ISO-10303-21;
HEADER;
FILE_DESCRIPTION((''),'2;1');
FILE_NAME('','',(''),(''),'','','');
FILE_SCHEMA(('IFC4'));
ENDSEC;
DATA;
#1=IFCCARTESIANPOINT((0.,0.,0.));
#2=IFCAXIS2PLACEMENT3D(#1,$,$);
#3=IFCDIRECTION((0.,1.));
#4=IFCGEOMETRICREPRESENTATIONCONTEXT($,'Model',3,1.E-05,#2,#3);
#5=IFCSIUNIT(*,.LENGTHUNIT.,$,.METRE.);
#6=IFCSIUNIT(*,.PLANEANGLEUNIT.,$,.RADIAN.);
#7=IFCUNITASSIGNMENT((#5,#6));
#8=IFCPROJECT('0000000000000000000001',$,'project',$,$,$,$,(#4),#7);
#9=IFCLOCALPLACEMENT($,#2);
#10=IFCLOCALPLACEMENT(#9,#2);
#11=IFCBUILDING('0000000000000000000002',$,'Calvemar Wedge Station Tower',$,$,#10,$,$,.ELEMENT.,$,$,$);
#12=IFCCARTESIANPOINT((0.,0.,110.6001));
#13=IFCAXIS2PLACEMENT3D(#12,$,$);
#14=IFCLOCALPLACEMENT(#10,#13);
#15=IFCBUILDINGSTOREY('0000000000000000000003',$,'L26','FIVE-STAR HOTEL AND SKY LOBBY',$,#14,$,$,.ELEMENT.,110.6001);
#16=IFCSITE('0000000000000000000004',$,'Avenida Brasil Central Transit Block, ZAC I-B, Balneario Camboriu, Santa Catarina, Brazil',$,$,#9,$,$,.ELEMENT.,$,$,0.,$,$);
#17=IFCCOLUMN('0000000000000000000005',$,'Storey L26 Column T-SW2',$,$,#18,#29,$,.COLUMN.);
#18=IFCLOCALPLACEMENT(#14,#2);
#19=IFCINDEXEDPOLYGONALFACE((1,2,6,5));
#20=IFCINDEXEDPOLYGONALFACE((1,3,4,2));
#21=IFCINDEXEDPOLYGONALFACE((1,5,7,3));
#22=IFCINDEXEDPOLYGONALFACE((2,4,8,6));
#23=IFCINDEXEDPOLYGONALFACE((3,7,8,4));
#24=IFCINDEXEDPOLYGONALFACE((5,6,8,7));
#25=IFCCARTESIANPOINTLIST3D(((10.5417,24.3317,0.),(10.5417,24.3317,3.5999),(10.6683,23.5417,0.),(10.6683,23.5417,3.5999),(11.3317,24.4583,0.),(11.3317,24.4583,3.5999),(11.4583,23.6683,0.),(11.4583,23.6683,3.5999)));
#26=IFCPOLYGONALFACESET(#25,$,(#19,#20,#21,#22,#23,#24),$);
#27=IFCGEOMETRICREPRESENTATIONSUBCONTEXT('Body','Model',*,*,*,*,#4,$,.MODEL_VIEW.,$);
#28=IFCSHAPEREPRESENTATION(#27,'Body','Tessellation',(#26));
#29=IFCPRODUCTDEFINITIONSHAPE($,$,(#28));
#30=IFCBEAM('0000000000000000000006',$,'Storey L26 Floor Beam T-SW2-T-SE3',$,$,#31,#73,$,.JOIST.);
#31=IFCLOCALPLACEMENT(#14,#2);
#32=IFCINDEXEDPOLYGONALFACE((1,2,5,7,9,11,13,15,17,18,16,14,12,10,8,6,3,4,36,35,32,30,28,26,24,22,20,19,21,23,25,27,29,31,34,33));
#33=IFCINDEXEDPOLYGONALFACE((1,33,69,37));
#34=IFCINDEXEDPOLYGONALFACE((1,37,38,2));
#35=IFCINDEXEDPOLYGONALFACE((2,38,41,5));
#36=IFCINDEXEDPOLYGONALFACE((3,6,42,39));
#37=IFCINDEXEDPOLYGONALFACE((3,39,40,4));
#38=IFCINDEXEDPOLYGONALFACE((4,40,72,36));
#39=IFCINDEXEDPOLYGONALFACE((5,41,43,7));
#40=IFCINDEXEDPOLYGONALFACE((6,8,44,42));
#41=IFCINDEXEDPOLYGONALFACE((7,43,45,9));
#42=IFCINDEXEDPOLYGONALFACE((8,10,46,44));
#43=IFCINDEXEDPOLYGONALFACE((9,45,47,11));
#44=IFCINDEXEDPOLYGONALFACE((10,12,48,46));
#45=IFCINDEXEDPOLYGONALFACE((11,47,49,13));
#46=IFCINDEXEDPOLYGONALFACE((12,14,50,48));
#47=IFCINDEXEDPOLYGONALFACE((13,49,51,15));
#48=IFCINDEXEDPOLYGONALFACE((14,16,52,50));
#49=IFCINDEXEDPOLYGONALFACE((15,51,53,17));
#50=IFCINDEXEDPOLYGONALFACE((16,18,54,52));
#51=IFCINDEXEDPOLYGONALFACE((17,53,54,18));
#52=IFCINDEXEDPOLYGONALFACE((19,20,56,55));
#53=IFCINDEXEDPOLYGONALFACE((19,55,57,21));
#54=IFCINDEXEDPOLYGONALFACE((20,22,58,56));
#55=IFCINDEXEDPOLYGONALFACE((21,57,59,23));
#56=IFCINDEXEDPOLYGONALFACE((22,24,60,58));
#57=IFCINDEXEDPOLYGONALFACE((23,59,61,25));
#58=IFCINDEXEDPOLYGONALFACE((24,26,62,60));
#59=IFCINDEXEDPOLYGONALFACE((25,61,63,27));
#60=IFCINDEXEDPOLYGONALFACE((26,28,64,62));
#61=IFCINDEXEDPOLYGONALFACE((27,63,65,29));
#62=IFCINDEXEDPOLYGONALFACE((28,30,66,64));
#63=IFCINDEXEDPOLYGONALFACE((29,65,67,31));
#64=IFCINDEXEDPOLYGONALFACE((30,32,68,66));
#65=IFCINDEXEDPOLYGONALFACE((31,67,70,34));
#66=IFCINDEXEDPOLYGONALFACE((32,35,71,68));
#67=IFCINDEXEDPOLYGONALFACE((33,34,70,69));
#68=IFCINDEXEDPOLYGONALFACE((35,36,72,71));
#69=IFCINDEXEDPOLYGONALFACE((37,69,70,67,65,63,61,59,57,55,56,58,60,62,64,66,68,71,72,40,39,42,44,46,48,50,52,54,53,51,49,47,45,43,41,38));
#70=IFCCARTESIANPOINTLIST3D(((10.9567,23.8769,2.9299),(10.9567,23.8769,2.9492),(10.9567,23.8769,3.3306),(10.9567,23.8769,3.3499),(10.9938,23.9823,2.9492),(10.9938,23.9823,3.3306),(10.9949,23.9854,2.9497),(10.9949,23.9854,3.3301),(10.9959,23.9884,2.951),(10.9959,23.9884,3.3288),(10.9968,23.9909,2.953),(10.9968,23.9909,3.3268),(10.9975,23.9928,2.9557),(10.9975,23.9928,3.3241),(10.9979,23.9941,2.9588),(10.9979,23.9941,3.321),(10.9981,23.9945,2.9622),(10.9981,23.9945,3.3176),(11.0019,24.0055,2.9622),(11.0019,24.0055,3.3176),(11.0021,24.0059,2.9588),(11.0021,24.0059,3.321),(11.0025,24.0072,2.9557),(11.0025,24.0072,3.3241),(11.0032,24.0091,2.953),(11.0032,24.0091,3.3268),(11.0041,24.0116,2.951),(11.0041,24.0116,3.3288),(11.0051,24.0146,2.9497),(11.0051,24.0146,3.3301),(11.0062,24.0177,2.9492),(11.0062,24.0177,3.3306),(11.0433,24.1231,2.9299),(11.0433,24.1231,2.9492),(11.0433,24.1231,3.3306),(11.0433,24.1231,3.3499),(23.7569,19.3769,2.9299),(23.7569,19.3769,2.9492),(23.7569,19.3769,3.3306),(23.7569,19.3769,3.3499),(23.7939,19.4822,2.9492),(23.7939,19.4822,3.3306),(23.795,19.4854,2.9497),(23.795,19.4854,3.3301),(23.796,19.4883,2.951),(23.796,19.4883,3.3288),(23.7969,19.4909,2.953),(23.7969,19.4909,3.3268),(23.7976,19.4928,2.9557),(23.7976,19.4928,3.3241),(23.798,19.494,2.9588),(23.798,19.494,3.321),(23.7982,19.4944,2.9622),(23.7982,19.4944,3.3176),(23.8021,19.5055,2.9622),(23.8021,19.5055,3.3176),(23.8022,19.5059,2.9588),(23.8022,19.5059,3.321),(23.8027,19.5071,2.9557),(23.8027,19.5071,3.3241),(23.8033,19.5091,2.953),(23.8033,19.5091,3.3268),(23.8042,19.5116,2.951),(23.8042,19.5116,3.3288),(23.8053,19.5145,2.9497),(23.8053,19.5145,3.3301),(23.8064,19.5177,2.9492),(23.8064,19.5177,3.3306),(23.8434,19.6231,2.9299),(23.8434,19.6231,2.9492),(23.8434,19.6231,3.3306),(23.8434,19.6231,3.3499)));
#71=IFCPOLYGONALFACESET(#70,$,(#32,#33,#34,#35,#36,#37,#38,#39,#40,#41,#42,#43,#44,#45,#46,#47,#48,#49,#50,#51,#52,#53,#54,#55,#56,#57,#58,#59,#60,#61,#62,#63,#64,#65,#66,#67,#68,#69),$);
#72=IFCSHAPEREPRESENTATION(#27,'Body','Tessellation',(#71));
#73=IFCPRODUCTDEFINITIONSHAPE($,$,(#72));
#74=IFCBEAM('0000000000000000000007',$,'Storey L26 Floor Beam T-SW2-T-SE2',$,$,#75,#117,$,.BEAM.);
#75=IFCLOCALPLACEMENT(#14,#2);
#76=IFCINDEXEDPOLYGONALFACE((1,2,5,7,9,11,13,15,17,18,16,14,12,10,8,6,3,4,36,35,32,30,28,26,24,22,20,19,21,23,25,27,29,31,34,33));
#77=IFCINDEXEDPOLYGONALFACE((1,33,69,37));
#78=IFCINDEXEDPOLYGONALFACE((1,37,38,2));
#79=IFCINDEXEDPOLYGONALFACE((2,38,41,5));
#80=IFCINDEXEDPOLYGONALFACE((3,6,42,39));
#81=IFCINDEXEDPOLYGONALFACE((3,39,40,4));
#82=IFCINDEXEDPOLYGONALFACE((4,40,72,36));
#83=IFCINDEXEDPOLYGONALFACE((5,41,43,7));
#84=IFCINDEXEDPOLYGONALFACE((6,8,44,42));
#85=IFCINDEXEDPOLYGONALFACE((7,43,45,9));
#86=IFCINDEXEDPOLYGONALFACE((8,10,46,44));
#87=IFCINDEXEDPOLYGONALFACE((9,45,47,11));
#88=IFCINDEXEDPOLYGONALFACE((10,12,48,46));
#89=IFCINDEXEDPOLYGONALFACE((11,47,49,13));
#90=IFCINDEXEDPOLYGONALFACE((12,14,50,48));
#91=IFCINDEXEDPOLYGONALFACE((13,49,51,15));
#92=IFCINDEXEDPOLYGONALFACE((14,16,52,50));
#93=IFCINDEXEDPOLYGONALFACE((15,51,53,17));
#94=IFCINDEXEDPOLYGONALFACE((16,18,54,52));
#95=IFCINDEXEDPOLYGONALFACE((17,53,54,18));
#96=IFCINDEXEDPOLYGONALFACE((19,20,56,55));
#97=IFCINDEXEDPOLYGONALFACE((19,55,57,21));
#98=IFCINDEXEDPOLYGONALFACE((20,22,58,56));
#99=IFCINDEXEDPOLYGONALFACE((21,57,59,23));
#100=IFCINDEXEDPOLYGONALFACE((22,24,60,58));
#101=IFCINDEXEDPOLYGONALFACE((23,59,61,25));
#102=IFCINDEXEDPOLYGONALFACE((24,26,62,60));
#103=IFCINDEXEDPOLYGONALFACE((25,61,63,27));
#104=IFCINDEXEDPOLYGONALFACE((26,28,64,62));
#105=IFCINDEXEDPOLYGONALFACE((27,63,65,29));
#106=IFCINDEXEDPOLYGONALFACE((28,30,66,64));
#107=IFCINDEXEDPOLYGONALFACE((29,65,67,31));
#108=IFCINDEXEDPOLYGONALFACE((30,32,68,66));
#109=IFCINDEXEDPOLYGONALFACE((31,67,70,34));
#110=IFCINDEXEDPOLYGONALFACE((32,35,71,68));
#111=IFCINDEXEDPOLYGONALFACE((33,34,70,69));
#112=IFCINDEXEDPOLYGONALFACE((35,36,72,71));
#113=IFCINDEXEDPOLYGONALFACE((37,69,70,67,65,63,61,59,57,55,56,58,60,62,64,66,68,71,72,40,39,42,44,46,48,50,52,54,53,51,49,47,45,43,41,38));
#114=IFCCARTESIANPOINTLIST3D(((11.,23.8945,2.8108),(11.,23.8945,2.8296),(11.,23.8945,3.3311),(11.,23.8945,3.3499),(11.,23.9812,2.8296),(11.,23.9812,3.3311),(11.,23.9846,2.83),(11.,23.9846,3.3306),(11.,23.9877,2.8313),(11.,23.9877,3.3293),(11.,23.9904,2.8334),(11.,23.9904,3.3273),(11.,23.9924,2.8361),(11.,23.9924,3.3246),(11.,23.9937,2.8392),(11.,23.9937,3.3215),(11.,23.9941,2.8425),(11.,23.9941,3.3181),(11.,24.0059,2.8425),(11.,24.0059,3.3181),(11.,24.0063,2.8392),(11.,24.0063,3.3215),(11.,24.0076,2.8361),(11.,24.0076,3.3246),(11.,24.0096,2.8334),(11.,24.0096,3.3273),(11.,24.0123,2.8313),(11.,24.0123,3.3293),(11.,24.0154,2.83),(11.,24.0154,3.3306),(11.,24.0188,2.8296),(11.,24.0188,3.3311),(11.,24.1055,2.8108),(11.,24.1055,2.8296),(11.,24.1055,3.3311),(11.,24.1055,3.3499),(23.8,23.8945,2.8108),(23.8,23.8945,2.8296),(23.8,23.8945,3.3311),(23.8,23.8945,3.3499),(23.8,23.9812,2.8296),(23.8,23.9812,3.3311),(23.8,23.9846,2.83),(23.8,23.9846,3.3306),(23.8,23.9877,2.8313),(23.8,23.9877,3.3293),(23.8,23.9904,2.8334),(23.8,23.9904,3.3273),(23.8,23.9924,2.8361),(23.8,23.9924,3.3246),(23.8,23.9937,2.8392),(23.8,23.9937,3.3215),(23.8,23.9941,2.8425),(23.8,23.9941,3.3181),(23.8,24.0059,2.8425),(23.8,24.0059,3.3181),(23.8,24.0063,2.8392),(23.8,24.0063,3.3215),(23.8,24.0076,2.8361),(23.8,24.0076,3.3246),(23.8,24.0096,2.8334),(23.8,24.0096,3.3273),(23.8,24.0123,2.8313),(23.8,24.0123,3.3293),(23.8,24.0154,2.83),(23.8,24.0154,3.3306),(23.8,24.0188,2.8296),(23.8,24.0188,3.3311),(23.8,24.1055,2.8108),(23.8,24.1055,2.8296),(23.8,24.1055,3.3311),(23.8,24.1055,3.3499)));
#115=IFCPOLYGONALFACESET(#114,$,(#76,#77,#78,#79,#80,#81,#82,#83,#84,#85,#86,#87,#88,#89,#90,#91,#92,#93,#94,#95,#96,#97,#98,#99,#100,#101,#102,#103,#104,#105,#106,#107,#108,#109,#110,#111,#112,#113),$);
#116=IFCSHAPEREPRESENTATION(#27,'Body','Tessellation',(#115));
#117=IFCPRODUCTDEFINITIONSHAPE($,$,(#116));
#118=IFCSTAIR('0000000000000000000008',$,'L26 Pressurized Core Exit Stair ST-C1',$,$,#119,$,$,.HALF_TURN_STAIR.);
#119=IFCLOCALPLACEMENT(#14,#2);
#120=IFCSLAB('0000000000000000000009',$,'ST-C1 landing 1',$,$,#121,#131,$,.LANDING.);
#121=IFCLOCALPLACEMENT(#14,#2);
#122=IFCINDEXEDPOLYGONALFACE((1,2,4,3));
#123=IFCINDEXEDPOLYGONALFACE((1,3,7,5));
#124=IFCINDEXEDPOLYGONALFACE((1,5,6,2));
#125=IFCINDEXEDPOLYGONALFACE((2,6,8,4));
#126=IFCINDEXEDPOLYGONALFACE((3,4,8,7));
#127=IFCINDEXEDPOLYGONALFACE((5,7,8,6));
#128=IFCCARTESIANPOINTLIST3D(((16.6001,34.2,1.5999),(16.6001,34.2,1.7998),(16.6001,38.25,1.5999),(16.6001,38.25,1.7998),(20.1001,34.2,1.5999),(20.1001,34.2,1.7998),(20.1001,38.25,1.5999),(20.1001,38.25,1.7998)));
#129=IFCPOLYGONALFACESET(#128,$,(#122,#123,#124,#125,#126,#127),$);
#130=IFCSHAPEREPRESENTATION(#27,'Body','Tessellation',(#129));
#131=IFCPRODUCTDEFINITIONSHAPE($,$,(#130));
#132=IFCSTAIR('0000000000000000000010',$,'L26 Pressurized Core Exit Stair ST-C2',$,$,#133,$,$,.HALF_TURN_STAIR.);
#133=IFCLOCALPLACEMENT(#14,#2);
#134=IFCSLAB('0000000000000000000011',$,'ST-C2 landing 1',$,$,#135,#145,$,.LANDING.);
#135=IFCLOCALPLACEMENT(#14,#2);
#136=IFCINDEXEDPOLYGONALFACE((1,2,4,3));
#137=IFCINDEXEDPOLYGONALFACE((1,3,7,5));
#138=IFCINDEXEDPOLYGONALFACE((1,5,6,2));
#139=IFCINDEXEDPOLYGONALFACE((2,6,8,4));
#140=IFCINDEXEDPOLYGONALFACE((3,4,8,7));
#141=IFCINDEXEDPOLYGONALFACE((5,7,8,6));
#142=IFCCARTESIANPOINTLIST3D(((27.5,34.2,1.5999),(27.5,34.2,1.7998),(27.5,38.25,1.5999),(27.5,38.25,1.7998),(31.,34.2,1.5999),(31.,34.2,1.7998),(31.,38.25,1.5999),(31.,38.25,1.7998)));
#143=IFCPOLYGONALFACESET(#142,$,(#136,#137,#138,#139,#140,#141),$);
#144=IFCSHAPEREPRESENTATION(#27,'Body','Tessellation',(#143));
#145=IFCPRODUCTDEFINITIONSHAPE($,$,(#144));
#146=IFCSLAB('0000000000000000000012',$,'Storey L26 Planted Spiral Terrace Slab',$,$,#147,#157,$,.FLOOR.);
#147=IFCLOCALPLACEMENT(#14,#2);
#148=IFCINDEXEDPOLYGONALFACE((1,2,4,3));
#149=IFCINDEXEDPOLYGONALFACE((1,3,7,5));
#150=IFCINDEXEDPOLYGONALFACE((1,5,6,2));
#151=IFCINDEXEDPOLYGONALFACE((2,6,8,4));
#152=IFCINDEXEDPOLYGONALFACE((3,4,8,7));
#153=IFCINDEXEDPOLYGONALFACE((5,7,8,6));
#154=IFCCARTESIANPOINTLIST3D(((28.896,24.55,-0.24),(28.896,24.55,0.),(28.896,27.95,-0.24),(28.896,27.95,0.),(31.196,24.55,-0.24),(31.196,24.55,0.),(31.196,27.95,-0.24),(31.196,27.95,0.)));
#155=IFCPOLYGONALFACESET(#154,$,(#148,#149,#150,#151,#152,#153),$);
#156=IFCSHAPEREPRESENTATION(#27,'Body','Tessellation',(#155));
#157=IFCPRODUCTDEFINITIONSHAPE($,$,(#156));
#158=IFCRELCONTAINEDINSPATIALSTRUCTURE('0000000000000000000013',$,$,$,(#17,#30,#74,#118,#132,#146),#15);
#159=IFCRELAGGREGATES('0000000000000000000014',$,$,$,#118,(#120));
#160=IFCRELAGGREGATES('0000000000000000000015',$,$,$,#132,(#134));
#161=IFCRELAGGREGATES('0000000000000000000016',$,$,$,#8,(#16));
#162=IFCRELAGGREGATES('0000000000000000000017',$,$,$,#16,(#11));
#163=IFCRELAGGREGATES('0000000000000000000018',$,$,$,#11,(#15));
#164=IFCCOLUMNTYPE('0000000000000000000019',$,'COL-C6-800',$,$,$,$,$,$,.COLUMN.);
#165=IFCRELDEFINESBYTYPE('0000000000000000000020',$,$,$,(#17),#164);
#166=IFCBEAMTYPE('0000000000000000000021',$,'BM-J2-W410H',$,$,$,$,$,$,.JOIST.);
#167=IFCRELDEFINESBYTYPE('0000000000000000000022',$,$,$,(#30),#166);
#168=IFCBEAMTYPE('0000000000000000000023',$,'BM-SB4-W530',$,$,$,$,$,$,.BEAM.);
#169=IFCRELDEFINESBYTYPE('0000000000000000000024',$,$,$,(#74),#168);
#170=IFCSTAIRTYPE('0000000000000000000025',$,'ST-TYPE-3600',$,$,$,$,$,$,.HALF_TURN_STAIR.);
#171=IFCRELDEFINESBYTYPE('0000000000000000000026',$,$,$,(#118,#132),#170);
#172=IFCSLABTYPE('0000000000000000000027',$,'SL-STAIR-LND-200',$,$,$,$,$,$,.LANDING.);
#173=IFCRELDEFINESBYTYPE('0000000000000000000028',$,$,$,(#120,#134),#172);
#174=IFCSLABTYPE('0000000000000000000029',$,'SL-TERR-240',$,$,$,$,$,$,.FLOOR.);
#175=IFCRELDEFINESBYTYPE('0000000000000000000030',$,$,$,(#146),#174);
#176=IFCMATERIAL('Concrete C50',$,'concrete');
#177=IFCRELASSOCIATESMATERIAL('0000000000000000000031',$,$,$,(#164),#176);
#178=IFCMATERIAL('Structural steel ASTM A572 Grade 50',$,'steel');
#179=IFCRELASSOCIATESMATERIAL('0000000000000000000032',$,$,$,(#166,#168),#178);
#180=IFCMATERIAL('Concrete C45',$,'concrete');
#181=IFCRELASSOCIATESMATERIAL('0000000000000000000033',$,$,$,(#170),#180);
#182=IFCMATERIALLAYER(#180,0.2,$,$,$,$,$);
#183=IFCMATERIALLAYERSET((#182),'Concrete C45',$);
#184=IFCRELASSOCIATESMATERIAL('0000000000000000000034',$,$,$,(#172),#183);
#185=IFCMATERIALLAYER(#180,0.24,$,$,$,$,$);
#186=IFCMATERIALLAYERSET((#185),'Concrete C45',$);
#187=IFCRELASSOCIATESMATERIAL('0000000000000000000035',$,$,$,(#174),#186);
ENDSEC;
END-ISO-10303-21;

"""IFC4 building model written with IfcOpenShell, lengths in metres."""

from ifc_helpers import new_model, si_unit, direction, frame, origin, origin_2d, place, context, subcontext, project, spatial, polyline, rectangle, i_section, outline, extrude, source, transform, mapped, material, layer, layer_set, material_profile, profile_set, type_object, element, aggregate, save


model = new_model("IFC4")

# Units and contexts
model_context = context("Model", 3, precision=1e-05, world=origin(), true_north=direction((0.0, 1.0)))
body_context = subcontext(model_context, "Body", "Model", "MODEL_VIEW")
ifc_project = project(units=[si_unit("LENGTHUNIT", "METRE"), si_unit("PLANEANGLEUNIT", "RADIAN")], contexts=[model_context])

# Site, building, storey
site_placement = place(None, origin())
site = spatial("IfcSite", under=ifc_project, at=site_placement, Name="Avenida Brasil Central Transit Block, ZAC I-B, Balneario Camboriu, Santa Catarina, Brazil", CompositionType="ELEMENT", RefElevation=0.0)
building_placement = place(site_placement, origin())
building = spatial("IfcBuilding", under=site, at=building_placement, Name="Calvemar Wedge Station Tower", CompositionType="ELEMENT")
storey_placement = place(building_placement, frame((0.0, 0.0, 110.6001)))
storey = spatial("IfcBuildingStorey", under=building, at=storey_placement, Name="L26", Description="FIVE-STAR HOTEL AND SKY LOBBY", CompositionType="ELEMENT", Elevation=110.6001)

# Column
ifc_material_1 = material(Name="Concrete C50", Category="concrete")
ifc_material_profile_1 = material_profile(ifc_material_1, rectangle(XDim=0.8, YDim=0.8, at=origin_2d()), Name="RC800x800")
ifc_profile_set_1 = profile_set([ifc_material_profile_1], Name="Concrete C50")
column_type = type_object("IfcColumnType", Name="COL-C6-800", PredefinedType="COLUMN", material=ifc_profile_set_1)
shared_shape_1 = source(origin(), body_context, "Body", "SweptSolid", [
    extrude(rectangle(XDim=0.8, YDim=0.8, at=origin_2d()), origin(), (0.0, 0.0, 1.0), 3.5999),
])
column_placement = place(storey_placement, frame((11.0, 24.0, 0.0), z_axis=(0.0, 0.0, 1.0), x_axis=(0.158158, -0.987414, 0.0)))
element("IfcColumn", 1, at=column_placement, inside=storey, type_object=column_type, Name="Storey L26 Column T-SW2", PredefinedType="COLUMN", context=body_context, shape_type="MappedRepresentation", body=[
    mapped(shared_shape_1, transform((0.0, 0.0, 0.0), scale=1.0)),
])

# Beams
ifc_material_2 = material(Name="Structural steel ASTM A572 Grade 50", Category="steel")
ifc_material_profile_2 = material_profile(ifc_material_2, i_section(OverallWidth=0.261, OverallDepth=0.4199, WebThickness=0.0117, FlangeThickness=0.0193, FilletRadius=0.0129, at=origin_2d()), Name="W410x114")
ifc_profile_set_2 = profile_set([ifc_material_profile_2], Name="Structural steel ASTM A572 Grade 50")
beam_type_1 = type_object("IfcBeamType", Name="BM-J2-W410H", PredefinedType="JOIST", material=ifc_profile_set_2)
shared_shape_2 = source(origin(), body_context, "Body", "SweptSolid", [
    extrude(i_section(OverallWidth=0.261, OverallDepth=0.4199, WebThickness=0.0117, FlangeThickness=0.0193, FilletRadius=0.0129, at=origin_2d()), origin(), (0.0, 0.0, 1.0), 13.5681),
])
beam_1_placement = place(storey_placement, frame((11.0, 24.0, 3.1399), z_axis=(0.943398, -0.331662, 0.0), x_axis=(0.331662, 0.943398, 0.0)))
element("IfcBeam", 2, at=beam_1_placement, inside=storey, type_object=beam_type_1, Name="Storey L26 Floor Beam T-SW2-T-SE3", PredefinedType="JOIST", context=body_context, shape_type="MappedRepresentation", body=[
    mapped(shared_shape_2, transform((0.0, 0.0, 0.0), scale=1.0)),
])
ifc_material_profile_3 = material_profile(ifc_material_2, i_section(OverallWidth=0.2109, OverallDepth=0.5391, WebThickness=0.0117, FlangeThickness=0.0188, FilletRadius=0.0129, at=origin_2d()), Name="W530x109")
ifc_profile_set_3 = profile_set([ifc_material_profile_3], Name="Structural steel ASTM A572 Grade 50")
beam_type_2 = type_object("IfcBeamType", Name="BM-SB4-W530", PredefinedType="BEAM", material=ifc_profile_set_3)
shared_shape_3 = source(origin(), body_context, "Body", "SweptSolid", [
    extrude(i_section(OverallWidth=0.2109, OverallDepth=0.5391, WebThickness=0.0117, FlangeThickness=0.0188, FilletRadius=0.0129, at=origin_2d()), origin(), (0.0, 0.0, 1.0), 12.8),
])
beam_2_placement = place(storey_placement, frame((11.0, 24.0, 3.0803), z_axis=(1.0, 0.0, 0.0), x_axis=(0.0, 1.0, 0.0)))
element("IfcBeam", 3, at=beam_2_placement, inside=storey, type_object=beam_type_2, Name="Storey L26 Floor Beam T-SW2-T-SE2", PredefinedType="BEAM", context=body_context, shape_type="MappedRepresentation", body=[
    mapped(shared_shape_3, transform((0.0, 0.0, 0.0), scale=1.0)),
])

# Stairs, slabs
ifc_material_3 = material(Name="Concrete C45", Category="concrete")
stair_type = type_object("IfcStairType", Name="ST-TYPE-3600", PredefinedType="HALF_TURN_STAIR", material=ifc_material_3)
stair_1_placement = place(storey_placement, origin())
stair_1 = element("IfcStair", 4, at=stair_1_placement, inside=storey, type_object=stair_type, Name="L26 Pressurized Core Exit Stair ST-C1", PredefinedType="HALF_TURN_STAIR")
ifc_layer_1 = layer(ifc_material_3, 0.2)
ifc_layer_set_1 = layer_set([ifc_layer_1], Name="Concrete C45")
slab_type_1 = type_object("IfcSlabType", Name="SL-STAIR-LND-200", PredefinedType="LANDING", material=ifc_layer_set_1)
slab_1_placement = place(storey_placement, frame((0.0, 0.0, 1.5999)))
slab_1 = element("IfcSlab", 5, at=slab_1_placement, type_object=slab_type_1, Name="ST-C1 landing 1", PredefinedType="LANDING", context=body_context, shape_type="SweptSolid", body=[
    extrude(outline(polyline([(16.6001, 38.25), (16.6001, 34.2), (20.1001, 34.2), (20.1001, 38.25), (16.6001, 38.25)])), origin(), (0.0, 0.0, 1.0), 0.2),
])
aggregate(stair_1, [slab_1])
stair_2_placement = place(storey_placement, origin())
stair_2 = element("IfcStair", 6, at=stair_2_placement, inside=storey, type_object=stair_type, Name="L26 Pressurized Core Exit Stair ST-C2", PredefinedType="HALF_TURN_STAIR")
slab_2_placement = place(storey_placement, frame((0.0, 0.0, 1.5999)))
slab_2 = element("IfcSlab", 7, at=slab_2_placement, type_object=slab_type_1, Name="ST-C2 landing 1", PredefinedType="LANDING", context=body_context, shape_type="SweptSolid", body=[
    extrude(outline(polyline([(27.5, 38.25), (27.5, 34.2), (31.0, 34.2), (31.0, 38.25), (27.5, 38.25)])), origin(), (0.0, 0.0, 1.0), 0.2),
])
aggregate(stair_2, [slab_2])

# Slab
ifc_layer_2 = layer(ifc_material_3, 0.24)
ifc_layer_set_2 = layer_set([ifc_layer_2], Name="Concrete C45")
slab_type_2 = type_object("IfcSlabType", Name="SL-TERR-240", PredefinedType="FLOOR", material=ifc_layer_set_2)
slab_3_placement = place(storey_placement, frame((0.0, 0.0, -0.24)))
element("IfcSlab", 8, at=slab_3_placement, inside=storey, type_object=slab_type_2, Name="Storey L26 Planted Spiral Terrace Slab", PredefinedType="FLOOR", context=body_context, shape_type="SweptSolid", body=[
    extrude(outline(polyline([(28.896, 24.55), (31.196, 24.55), (31.196, 27.95), (28.896, 27.95), (28.896, 24.55)])), origin(), (0.0, 0.0, 1.0), 0.24),
])

save(model, "model.ifc")
